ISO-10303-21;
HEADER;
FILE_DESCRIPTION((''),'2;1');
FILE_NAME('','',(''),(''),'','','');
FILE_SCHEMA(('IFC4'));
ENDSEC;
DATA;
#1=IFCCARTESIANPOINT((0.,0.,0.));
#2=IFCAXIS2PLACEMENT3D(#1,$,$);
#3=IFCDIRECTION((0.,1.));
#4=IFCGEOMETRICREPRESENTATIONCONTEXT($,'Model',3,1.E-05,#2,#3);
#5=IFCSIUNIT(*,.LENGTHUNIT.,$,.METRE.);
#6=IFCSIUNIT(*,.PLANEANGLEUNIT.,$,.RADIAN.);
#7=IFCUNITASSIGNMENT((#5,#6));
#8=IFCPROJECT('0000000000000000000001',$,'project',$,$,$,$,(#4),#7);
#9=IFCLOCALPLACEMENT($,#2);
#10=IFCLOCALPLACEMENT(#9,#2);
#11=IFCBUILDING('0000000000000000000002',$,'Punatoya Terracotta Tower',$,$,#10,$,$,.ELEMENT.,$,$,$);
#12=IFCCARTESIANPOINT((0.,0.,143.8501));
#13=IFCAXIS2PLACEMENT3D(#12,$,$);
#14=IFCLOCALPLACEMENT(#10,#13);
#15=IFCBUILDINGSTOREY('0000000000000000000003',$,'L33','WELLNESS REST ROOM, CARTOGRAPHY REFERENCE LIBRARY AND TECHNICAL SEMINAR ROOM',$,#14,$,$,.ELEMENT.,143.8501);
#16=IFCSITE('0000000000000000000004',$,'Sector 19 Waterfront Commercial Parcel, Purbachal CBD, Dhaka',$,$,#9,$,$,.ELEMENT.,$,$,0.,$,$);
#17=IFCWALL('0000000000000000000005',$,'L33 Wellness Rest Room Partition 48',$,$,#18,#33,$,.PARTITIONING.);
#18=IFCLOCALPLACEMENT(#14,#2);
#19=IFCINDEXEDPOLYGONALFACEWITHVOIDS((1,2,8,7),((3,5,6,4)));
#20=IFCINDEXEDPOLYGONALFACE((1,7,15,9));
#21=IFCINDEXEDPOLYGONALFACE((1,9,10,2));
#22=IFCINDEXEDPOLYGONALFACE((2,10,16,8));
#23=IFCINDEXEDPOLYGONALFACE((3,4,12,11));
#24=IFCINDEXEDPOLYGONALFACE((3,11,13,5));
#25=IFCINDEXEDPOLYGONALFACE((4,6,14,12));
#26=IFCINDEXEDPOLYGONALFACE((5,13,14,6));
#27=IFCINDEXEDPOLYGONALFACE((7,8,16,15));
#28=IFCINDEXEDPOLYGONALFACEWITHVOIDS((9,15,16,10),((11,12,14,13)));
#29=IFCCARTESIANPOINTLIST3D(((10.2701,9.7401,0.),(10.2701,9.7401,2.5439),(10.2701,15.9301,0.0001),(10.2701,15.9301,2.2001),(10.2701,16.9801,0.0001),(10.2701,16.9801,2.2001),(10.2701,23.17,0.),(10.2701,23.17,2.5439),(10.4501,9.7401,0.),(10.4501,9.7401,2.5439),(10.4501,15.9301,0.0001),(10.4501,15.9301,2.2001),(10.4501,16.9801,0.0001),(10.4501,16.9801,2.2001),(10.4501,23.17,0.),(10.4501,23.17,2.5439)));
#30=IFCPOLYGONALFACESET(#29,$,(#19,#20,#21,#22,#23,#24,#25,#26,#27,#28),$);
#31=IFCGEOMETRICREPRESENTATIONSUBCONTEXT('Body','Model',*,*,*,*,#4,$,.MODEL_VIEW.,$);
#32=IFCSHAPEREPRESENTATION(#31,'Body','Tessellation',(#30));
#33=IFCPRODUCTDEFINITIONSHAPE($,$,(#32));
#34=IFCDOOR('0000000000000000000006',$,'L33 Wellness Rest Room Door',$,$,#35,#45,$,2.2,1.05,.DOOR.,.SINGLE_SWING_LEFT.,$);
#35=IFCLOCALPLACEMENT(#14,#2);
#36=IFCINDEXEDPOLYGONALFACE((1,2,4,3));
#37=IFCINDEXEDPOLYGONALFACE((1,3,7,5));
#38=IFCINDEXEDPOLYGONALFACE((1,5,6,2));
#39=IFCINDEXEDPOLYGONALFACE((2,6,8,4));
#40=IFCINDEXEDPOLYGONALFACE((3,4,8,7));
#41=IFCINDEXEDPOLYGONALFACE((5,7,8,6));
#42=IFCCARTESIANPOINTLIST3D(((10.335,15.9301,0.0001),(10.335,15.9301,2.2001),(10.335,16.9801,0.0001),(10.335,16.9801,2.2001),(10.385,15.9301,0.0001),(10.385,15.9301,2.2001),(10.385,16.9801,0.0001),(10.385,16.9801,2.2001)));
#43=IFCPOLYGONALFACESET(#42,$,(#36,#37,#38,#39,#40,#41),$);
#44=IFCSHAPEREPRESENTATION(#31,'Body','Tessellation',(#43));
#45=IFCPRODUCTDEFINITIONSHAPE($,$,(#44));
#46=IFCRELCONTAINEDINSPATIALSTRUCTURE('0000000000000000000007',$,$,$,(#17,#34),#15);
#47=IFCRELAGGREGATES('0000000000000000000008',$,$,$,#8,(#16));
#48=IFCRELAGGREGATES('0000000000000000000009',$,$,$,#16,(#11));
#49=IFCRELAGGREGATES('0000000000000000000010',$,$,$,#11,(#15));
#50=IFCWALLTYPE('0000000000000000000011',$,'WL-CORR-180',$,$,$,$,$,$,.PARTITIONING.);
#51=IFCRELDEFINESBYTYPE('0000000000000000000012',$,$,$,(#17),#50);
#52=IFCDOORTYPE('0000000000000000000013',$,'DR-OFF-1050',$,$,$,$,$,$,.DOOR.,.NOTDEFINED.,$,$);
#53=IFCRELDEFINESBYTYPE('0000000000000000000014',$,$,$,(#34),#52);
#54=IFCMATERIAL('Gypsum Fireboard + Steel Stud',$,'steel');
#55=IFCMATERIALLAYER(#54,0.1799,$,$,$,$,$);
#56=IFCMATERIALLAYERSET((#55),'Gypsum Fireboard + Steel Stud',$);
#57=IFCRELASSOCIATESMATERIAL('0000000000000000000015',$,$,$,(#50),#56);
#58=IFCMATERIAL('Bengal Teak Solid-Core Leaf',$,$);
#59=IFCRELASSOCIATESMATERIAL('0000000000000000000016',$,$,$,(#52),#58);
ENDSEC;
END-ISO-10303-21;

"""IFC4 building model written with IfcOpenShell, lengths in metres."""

from ifc_helpers import new_model, si_unit, direction, frame, frame_2d, origin, place, context, subcontext, project, spatial, rectangle, extrude, material, layer, layer_set, type_object, element, fill, save


model = new_model("IFC4")

# Units and contexts
model_context = context("Model", 3, precision=1e-05, world=origin(), true_north=direction((0.0, 1.0)))
body_context = subcontext(model_context, "Body", "Model", "MODEL_VIEW")
ifc_project = project(units=[si_unit("LENGTHUNIT", "METRE"), si_unit("PLANEANGLEUNIT", "RADIAN")], contexts=[model_context])

# Site, building, storey
site_placement = place(None, origin())
site = spatial("IfcSite", under=ifc_project, at=site_placement, Name="Sector 19 Waterfront Commercial Parcel, Purbachal CBD, Dhaka", CompositionType="ELEMENT", RefElevation=0.0)
building_placement = place(site_placement, origin())
building = spatial("IfcBuilding", under=site, at=building_placement, Name="Punatoya Terracotta Tower", CompositionType="ELEMENT")
storey_placement = place(building_placement, frame((0.0, 0.0, 143.8501)))
storey = spatial("IfcBuildingStorey", under=building, at=storey_placement, Name="L33", Description="WELLNESS REST ROOM, CARTOGRAPHY REFERENCE LIBRARY AND TECHNICAL SEMINAR ROOM", CompositionType="ELEMENT", Elevation=143.8501)

# Wall, opening, door
ifc_material_1 = material(Name="Gypsum Fireboard + Steel Stud", Category="steel")
ifc_layer_1 = layer(ifc_material_1, 0.1799)
ifc_layer_set_1 = layer_set([ifc_layer_1], Name="Gypsum Fireboard + Steel Stud")
wall_type = type_object("IfcWallType", Name="WL-CORR-180", PredefinedType="PARTITIONING", material=ifc_layer_set_1)
wall_placement = place(storey_placement, frame((10.3601, 23.1699, 0.0), z_axis=(0.0, 0.0, 1.0), x_axis=(0.0, -1.0, 0.0)))
wall = element("IfcWall", 1, at=wall_placement, inside=storey, type_object=wall_type, Name="L33 Wellness Rest Room Partition 48", PredefinedType="PARTITIONING", context=body_context, shape_type="SweptSolid", body=[
    extrude(rectangle(XDim=13.4299, YDim=0.1799, at=frame_2d((6.7148, 0.0))), origin(), (0.0, 0.0, 1.0), 2.5439),
])
opening_placement = place(wall_placement, frame((6.1899, 0.0, 0.0)))
opening = element("IfcOpeningElement", 2, at=opening_placement, cuts=wall, PredefinedType="OPENING", context=body_context, shape_type="SweptSolid", body=[
    extrude(rectangle(XDim=1.05, YDim=2.2, at=frame_2d((0.5249, 1.1001))), frame((0.0, 0.0999, 0.0), z_axis=(0.0, -1.0, 0.0), x_axis=(1.0, 0.0, 0.0)), (0.0, 0.0, 1.0), 0.2),
])
ifc_material_2 = material(Name="Bengal Teak Solid-Core Leaf")
door_type = type_object("IfcDoorType", Name="DR-OFF-1050", OperationType="NOTDEFINED", PredefinedType="DOOR", material=ifc_material_2)
door_placement = place(opening_placement, origin())
door = element("IfcDoor", 3, at=door_placement, inside=storey, type_object=door_type, Name="L33 Wellness Rest Room Door", OperationType="SINGLE_SWING_LEFT", OverallHeight=2.2, OverallWidth=1.05, PredefinedType="DOOR", context=body_context, shape_type="SweptSolid", body=[
    extrude(rectangle(XDim=1.05, YDim=2.2, at=frame_2d((0.5249, 1.1001))), frame((0.0, 0.0249, 0.0), z_axis=(0.0, -1.0, 0.0), x_axis=(1.0, 0.0, 0.0)), (0.0, 0.0, 1.0), 0.05),
])
fill(opening, door)

save(model, "model.ifc")
